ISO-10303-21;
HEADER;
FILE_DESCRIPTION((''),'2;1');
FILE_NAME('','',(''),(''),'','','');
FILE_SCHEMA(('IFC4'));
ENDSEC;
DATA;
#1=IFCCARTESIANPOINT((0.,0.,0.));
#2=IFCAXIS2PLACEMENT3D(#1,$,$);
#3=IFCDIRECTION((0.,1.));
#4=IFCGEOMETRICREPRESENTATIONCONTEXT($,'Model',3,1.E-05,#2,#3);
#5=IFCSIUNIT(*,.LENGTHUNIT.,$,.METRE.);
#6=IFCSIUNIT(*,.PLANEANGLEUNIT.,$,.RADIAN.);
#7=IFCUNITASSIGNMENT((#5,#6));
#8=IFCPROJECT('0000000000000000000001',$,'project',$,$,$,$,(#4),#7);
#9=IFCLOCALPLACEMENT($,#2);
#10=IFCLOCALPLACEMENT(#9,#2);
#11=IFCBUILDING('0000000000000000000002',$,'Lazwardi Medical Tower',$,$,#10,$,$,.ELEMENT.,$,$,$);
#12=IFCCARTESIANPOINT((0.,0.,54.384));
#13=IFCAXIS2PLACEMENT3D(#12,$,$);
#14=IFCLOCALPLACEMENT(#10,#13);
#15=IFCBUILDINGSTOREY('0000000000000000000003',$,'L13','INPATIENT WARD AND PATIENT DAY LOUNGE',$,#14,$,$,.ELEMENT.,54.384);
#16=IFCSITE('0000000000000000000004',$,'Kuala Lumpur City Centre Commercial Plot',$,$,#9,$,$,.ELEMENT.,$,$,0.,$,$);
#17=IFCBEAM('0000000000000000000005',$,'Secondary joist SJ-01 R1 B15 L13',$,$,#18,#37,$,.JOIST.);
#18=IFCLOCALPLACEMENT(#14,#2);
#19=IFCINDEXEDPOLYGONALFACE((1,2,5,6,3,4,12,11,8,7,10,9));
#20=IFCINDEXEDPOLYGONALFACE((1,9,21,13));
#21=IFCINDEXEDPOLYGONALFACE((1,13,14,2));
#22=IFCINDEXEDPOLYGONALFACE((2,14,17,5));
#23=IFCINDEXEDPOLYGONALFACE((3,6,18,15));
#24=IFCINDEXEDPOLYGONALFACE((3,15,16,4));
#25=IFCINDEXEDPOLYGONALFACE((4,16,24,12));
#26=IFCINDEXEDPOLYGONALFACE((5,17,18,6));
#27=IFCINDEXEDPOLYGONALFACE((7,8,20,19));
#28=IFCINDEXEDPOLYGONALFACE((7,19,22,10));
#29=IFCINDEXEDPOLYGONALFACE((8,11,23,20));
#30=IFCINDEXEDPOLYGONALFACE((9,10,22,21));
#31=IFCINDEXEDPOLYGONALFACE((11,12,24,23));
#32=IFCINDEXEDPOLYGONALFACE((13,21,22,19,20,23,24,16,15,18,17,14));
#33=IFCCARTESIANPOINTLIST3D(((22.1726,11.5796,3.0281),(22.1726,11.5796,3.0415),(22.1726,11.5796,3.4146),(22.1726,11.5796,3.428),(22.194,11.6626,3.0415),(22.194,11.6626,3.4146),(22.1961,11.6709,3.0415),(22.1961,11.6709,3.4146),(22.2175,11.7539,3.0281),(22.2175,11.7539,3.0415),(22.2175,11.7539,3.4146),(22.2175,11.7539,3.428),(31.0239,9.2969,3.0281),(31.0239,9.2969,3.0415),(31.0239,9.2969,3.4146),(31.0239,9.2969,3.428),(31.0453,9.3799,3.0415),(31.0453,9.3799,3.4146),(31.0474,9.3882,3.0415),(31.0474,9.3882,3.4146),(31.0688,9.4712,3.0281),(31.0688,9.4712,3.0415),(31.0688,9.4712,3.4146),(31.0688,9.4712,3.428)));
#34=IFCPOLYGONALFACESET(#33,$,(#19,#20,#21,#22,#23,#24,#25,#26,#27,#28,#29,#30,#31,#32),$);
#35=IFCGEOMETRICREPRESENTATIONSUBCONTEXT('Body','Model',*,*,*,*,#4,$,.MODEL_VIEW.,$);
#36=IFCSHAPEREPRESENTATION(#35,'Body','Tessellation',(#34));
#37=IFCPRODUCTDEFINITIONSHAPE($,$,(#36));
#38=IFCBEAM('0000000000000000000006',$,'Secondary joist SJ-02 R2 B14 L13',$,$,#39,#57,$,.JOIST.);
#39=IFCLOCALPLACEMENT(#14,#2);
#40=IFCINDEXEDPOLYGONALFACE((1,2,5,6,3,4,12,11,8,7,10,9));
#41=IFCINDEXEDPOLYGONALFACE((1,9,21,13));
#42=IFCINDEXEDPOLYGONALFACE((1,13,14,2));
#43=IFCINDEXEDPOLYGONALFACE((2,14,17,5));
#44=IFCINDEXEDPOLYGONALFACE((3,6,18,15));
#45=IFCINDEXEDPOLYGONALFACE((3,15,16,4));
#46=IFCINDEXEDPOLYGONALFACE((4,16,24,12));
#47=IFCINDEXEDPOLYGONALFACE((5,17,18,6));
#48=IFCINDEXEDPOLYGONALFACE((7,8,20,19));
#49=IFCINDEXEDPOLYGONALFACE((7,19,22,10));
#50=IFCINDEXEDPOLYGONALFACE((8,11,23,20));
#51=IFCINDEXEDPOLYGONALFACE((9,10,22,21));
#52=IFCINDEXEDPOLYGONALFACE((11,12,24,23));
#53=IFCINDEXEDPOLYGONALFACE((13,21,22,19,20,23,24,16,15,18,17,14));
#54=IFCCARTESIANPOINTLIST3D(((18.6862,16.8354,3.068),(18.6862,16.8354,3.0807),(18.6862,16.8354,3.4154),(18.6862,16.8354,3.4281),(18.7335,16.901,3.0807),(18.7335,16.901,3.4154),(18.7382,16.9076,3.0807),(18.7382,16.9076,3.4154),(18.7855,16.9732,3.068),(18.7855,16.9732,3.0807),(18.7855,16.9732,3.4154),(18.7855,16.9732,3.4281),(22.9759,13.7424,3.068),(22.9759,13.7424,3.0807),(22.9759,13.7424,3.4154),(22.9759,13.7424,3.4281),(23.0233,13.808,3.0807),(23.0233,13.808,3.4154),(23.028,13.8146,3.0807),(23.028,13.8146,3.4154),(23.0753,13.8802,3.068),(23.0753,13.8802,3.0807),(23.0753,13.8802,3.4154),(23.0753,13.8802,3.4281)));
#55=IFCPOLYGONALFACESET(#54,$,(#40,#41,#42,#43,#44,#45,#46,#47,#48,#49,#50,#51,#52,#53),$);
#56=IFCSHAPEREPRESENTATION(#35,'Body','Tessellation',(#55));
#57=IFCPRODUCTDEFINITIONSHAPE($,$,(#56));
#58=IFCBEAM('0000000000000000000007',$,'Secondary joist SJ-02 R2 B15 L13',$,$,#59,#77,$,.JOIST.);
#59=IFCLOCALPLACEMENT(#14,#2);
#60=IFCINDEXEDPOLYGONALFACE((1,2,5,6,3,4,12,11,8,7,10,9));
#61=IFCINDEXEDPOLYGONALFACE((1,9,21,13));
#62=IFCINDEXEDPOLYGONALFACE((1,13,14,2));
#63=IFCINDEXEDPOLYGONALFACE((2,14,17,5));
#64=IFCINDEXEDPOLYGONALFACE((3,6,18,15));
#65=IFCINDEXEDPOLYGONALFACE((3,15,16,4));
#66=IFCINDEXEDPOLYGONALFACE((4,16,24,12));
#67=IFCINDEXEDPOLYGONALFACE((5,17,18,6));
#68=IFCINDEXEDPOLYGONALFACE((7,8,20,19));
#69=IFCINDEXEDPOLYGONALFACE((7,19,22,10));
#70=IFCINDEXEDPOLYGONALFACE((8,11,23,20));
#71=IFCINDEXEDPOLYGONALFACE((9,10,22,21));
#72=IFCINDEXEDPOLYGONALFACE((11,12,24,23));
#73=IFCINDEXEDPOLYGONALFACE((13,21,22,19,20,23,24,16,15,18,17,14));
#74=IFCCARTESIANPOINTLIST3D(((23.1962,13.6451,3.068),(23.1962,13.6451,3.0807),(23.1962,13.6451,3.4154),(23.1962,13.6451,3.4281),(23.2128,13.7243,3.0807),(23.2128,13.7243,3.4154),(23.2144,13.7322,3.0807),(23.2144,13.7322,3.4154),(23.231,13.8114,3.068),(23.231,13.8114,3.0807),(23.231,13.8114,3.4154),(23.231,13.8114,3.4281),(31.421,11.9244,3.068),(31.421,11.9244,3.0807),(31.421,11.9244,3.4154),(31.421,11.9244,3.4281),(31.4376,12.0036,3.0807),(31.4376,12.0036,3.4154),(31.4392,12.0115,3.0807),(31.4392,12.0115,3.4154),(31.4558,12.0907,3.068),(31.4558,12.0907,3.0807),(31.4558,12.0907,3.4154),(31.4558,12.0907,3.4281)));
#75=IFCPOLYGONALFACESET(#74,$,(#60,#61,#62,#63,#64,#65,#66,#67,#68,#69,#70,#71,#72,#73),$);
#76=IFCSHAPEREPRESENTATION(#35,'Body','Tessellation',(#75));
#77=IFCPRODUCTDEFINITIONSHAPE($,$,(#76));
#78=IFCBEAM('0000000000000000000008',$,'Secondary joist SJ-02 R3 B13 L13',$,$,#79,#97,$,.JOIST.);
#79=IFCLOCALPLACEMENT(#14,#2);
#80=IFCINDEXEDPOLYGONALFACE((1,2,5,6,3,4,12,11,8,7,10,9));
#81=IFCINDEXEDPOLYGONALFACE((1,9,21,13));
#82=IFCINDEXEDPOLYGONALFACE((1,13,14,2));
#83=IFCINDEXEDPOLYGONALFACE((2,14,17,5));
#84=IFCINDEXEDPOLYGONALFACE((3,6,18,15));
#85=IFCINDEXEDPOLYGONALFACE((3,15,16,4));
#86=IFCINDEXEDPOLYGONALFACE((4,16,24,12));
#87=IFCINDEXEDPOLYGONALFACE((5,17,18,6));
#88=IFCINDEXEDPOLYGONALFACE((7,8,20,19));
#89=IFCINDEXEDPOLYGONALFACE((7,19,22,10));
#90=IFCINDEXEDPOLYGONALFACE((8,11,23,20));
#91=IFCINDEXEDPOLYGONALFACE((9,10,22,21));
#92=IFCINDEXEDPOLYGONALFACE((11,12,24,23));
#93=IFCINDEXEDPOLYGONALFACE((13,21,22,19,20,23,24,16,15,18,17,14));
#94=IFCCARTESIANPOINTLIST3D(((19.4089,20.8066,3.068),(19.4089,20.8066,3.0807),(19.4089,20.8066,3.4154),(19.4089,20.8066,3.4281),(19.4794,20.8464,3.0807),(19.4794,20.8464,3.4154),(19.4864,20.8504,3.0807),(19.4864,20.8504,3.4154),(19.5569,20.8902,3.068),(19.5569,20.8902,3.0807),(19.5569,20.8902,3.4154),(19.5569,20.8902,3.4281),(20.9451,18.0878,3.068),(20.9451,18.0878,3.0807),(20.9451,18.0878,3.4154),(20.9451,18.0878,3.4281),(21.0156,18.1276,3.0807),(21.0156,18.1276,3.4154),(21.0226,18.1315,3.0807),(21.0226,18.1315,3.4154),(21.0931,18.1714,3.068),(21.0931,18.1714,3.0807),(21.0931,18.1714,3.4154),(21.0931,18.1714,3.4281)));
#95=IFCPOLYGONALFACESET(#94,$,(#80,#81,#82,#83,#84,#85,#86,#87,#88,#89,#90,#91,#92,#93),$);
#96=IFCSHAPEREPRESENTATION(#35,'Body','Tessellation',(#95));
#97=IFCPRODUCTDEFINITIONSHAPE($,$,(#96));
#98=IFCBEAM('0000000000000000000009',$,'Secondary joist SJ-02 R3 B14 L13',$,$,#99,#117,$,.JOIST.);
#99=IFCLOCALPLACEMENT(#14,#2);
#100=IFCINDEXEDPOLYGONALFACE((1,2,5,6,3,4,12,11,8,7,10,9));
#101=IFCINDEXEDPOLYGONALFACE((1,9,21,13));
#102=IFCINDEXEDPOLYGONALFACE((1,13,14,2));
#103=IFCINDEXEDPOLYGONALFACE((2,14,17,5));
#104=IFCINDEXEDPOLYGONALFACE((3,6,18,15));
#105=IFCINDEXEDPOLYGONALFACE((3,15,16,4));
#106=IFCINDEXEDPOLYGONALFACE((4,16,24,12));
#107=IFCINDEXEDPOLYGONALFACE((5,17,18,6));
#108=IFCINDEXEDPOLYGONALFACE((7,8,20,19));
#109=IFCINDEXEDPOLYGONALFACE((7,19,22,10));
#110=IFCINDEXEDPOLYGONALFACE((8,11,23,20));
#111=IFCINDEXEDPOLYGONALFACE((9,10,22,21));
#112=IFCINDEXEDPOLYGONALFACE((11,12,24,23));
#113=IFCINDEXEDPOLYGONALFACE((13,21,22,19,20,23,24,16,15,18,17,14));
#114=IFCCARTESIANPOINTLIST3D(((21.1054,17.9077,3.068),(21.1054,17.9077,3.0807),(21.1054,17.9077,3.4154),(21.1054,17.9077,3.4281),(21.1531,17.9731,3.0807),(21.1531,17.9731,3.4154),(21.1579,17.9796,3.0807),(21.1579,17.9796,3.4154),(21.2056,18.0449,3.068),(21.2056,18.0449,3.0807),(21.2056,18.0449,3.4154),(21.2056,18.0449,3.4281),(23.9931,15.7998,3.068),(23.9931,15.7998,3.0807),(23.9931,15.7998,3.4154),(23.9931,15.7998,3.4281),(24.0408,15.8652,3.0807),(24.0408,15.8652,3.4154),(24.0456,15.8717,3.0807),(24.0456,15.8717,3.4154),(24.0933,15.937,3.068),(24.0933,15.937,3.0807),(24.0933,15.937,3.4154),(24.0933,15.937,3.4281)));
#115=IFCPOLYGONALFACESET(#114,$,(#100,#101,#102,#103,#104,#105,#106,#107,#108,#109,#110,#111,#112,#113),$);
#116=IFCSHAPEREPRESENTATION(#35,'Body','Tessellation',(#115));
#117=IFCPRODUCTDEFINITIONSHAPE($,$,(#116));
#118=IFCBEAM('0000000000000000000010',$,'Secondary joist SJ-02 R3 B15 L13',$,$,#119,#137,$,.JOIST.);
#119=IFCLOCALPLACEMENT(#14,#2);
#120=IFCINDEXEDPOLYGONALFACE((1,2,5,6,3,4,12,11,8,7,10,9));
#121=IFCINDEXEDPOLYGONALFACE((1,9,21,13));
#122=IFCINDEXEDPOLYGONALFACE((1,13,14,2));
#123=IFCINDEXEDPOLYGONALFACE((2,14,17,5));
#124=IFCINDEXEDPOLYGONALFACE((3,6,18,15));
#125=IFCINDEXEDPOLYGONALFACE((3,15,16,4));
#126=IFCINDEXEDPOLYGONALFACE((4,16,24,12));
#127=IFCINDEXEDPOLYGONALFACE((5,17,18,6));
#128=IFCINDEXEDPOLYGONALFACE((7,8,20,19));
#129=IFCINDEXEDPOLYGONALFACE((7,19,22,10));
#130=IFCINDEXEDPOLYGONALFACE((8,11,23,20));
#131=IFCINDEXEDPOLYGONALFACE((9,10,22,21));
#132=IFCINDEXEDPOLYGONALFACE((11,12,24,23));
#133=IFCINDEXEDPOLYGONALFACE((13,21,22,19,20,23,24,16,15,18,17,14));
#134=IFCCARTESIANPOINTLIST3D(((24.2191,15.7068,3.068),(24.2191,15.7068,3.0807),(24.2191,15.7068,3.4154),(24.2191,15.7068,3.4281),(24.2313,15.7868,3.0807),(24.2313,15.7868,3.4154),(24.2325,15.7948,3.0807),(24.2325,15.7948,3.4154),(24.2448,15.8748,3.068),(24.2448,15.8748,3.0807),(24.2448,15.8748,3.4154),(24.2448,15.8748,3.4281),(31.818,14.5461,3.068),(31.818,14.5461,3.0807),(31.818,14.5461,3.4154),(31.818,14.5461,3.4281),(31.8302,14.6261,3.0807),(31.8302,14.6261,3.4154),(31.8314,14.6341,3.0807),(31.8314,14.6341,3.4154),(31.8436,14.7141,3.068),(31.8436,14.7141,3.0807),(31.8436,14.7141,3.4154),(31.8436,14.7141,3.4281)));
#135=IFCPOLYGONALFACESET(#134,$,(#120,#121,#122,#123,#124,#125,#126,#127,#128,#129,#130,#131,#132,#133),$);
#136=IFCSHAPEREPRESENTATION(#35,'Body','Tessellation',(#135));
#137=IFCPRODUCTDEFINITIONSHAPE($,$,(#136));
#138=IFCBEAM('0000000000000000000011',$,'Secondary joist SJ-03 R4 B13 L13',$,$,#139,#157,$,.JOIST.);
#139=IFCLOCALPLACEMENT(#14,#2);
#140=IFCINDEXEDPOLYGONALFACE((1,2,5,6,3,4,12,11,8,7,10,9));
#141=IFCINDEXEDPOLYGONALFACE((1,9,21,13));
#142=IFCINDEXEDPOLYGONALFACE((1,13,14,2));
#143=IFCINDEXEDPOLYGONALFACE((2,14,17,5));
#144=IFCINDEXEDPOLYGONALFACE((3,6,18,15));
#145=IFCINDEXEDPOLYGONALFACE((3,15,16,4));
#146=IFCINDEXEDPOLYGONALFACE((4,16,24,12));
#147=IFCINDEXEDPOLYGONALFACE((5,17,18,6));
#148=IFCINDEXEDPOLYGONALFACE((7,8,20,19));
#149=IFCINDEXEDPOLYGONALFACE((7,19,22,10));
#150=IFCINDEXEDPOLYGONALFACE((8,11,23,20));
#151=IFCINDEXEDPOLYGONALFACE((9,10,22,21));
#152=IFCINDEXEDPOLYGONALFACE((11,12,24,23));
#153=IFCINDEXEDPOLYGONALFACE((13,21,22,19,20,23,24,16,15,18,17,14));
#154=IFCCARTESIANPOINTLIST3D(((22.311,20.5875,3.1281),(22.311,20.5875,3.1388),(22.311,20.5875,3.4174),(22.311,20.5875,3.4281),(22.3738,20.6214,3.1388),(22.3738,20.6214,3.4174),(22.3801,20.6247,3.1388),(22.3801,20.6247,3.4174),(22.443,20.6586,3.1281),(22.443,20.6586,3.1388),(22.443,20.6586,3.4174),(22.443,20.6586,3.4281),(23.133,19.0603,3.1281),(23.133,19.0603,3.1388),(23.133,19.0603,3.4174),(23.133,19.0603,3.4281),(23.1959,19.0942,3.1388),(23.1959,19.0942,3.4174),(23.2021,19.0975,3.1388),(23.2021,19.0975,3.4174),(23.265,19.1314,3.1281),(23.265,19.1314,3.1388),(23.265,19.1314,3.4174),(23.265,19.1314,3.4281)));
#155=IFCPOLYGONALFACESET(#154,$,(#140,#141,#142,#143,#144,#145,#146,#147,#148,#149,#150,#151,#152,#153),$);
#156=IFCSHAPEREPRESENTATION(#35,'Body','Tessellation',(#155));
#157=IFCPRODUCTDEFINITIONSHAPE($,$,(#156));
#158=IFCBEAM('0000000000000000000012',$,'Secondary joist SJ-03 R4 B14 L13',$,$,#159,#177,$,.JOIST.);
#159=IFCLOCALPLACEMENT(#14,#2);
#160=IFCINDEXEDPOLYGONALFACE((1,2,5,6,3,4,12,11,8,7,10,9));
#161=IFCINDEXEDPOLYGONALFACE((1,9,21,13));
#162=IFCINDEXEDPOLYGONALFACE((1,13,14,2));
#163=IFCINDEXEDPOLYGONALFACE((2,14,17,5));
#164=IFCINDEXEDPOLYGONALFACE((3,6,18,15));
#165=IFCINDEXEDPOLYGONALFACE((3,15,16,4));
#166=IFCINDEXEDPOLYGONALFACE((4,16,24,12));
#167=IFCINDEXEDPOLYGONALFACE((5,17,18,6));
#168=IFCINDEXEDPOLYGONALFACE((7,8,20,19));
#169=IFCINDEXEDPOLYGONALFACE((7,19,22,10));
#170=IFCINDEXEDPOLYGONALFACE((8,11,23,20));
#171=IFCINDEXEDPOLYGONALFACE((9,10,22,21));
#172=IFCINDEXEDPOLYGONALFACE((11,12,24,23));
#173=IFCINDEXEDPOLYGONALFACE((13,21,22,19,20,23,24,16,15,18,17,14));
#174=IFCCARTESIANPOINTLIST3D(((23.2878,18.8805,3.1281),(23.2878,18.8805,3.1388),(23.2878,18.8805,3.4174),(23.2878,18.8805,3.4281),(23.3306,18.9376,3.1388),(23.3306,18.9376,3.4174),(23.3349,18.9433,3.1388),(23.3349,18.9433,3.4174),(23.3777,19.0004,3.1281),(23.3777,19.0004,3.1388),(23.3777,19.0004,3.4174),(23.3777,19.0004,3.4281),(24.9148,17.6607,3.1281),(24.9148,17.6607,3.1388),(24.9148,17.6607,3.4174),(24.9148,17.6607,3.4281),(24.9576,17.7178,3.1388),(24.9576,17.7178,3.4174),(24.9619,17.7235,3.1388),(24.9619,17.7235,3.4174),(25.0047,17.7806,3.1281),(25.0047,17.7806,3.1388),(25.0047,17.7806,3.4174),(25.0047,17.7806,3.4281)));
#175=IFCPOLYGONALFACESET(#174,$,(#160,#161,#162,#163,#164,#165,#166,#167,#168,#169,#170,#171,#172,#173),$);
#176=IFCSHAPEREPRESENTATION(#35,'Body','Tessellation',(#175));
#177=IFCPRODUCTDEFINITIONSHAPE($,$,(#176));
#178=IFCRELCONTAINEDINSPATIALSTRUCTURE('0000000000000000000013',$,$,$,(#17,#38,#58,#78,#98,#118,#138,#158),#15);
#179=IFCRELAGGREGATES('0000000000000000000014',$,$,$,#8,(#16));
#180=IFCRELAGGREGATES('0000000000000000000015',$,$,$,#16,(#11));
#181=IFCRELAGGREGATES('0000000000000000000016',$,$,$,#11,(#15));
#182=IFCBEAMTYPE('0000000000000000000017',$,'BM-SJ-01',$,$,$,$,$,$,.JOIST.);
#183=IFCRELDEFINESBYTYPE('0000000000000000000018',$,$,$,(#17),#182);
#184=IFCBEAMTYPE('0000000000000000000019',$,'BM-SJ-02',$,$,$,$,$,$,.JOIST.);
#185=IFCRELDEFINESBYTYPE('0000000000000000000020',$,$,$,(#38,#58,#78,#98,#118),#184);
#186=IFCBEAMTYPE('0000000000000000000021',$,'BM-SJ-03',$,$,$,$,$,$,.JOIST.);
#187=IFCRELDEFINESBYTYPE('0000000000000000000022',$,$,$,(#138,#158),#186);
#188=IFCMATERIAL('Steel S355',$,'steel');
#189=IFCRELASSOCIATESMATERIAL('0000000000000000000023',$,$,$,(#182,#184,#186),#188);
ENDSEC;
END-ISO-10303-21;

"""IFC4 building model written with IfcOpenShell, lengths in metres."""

from ifc_helpers import new_model, si_unit, direction, frame, origin, origin_2d, place, context, subcontext, project, spatial, i_section, extrude, material, material_profile, profile_set, type_object, element, save


model = new_model("IFC4")

# Units and contexts
model_context = context("Model", 3, precision=1e-05, world=origin(), true_north=direction((0.0, 1.0)))
body_context = subcontext(model_context, "Body", "Model", "MODEL_VIEW")
ifc_project = project(units=[si_unit("LENGTHUNIT", "METRE"), si_unit("PLANEANGLEUNIT", "RADIAN")], contexts=[model_context])

# Site, building, storey
site_placement = place(None, origin())
site = spatial("IfcSite", under=ifc_project, at=site_placement, Name="Kuala Lumpur City Centre Commercial Plot", CompositionType="ELEMENT", RefElevation=0.0)
building_placement = place(site_placement, origin())
building = spatial("IfcBuilding", under=site, at=building_placement, Name="Lazwardi Medical Tower", CompositionType="ELEMENT")
storey_placement = place(building_placement, frame((0.0, 0.0, 54.384)))
storey = spatial("IfcBuildingStorey", under=building, at=storey_placement, Name="L13", Description="INPATIENT WARD AND PATIENT DAY LOUNGE", CompositionType="ELEMENT", Elevation=54.384)

# Beams
ifc_material_1 = material(Name="Steel S355", Category="steel")
ifc_material_profile_1 = material_profile(ifc_material_1, i_section(OverallWidth=0.1799, OverallDepth=0.3999, WebThickness=0.0085, FlangeThickness=0.0134, at=origin_2d()), Name="IPE 400")
ifc_profile_set_1 = profile_set([ifc_material_profile_1], Name="Steel S355")
beam_type_1 = type_object("IfcBeamType", Name="BM-SJ-01", PredefinedType="JOIST", material=ifc_profile_set_1)
beam_1_placement = place(storey_placement, frame((22.1951, 11.6667, 3.228), z_axis=(0.968317, -0.249725, 0.0), x_axis=(0.249725, 0.968317, 0.0)))
element("IfcBeam", 1, at=beam_1_placement, inside=storey, type_object=beam_type_1, Name="Secondary joist SJ-01 R1 B15 L13", PredefinedType="JOIST", context=body_context, shape_type="SweptSolid", body=[
    extrude(i_section(OverallWidth=0.1799, OverallDepth=0.3999, WebThickness=0.0085, FlangeThickness=0.0134, at=origin_2d()), origin(), (0.0, 0.0, 1.0), 9.1409),
])
ifc_material_profile_2 = material_profile(ifc_material_1, i_section(OverallWidth=0.1699, OverallDepth=0.3601, WebThickness=0.0081, FlangeThickness=0.0127, at=origin_2d()), Name="IPE 360")
ifc_profile_set_2 = profile_set([ifc_material_profile_2], Name="Steel S355")
beam_type_2 = type_object("IfcBeamType", Name="BM-SJ-02", PredefinedType="JOIST", material=ifc_profile_set_2)
beam_2_placement = place(storey_placement, frame((18.7358, 16.9043, 3.248), z_axis=(0.811143, -0.584848, 0.0), x_axis=(0.584848, 0.811143, 0.0)))
element("IfcBeam", 2, at=beam_2_placement, inside=storey, type_object=beam_type_2, Name="Secondary joist SJ-02 R2 B14 L13", PredefinedType="JOIST", context=body_context, shape_type="SweptSolid", body=[
    extrude(i_section(OverallWidth=0.1699, OverallDepth=0.3601, WebThickness=0.0081, FlangeThickness=0.0127, at=origin_2d()), origin(), (0.0, 0.0, 1.0), 5.2886),
])
beam_3_placement = place(storey_placement, frame((23.2136, 13.7283, 3.248), z_axis=(0.978809, -0.204774, 0.0), x_axis=(0.204774, 0.978809, 0.0)))
element("IfcBeam", 3, at=beam_3_placement, inside=storey, type_object=beam_type_2, Name="Secondary joist SJ-02 R2 B15 L13", PredefinedType="JOIST", context=body_context, shape_type="SweptSolid", body=[
    extrude(i_section(OverallWidth=0.1699, OverallDepth=0.3601, WebThickness=0.0081, FlangeThickness=0.0127, at=origin_2d()), origin(), (0.0, 0.0, 1.0), 8.4028),
])
beam_4_placement = place(storey_placement, frame((19.4829, 20.8484, 3.248), z_axis=(0.491923, -0.870639, 0.0), x_axis=(0.870639, 0.491923, 0.0)))
element("IfcBeam", 4, at=beam_4_placement, inside=storey, type_object=beam_type_2, Name="Secondary joist SJ-02 R3 B13 L13", PredefinedType="JOIST", context=body_context, shape_type="SweptSolid", body=[
    extrude(i_section(OverallWidth=0.1699, OverallDepth=0.3601, WebThickness=0.0081, FlangeThickness=0.0127, at=origin_2d()), origin(), (0.0, 0.0, 1.0), 3.1228),
])
beam_5_placement = place(storey_placement, frame((21.1555, 17.9763, 3.248), z_axis=(0.807701, -0.589592, 0.0), x_axis=(0.589592, 0.807701, 0.0)))
element("IfcBeam", 5, at=beam_5_placement, inside=storey, type_object=beam_type_2, Name="Secondary joist SJ-02 R3 B14 L13", PredefinedType="JOIST", context=body_context, shape_type="SweptSolid", body=[
    extrude(i_section(OverallWidth=0.1699, OverallDepth=0.3601, WebThickness=0.0081, FlangeThickness=0.0127, at=origin_2d()), origin(), (0.0, 0.0, 1.0), 3.5752),
])
beam_6_placement = place(storey_placement, frame((24.2319, 15.7908, 3.248), z_axis=(0.988536, -0.150988, 0.0), x_axis=(0.150988, 0.988536, 0.0)))
element("IfcBeam", 6, at=beam_6_placement, inside=storey, type_object=beam_type_2, Name="Secondary joist SJ-02 R3 B15 L13", PredefinedType="JOIST", context=body_context, shape_type="SweptSolid", body=[
    extrude(i_section(OverallWidth=0.1699, OverallDepth=0.3601, WebThickness=0.0081, FlangeThickness=0.0127, at=origin_2d()), origin(), (0.0, 0.0, 1.0), 7.687),
])
ifc_material_profile_3 = material_profile(ifc_material_1, i_section(OverallWidth=0.1499, OverallDepth=0.3, WebThickness=0.0071, FlangeThickness=0.0107, at=origin_2d()), Name="IPE 300")
ifc_profile_set_3 = profile_set([ifc_material_profile_3], Name="Steel S355")
beam_type_3 = type_object("IfcBeamType", Name="BM-SJ-03", PredefinedType="JOIST", material=ifc_profile_set_3)
beam_7_placement = place(storey_placement, frame((22.377, 20.623, 3.2781), z_axis=(0.473982, -0.880534, 0.0), x_axis=(0.880534, 0.473982, 0.0)))
element("IfcBeam", 7, at=beam_7_placement, inside=storey, type_object=beam_type_3, Name="Secondary joist SJ-03 R4 B13 L13", PredefinedType="JOIST", context=body_context, shape_type="SweptSolid", body=[
    extrude(i_section(OverallWidth=0.1499, OverallDepth=0.3, WebThickness=0.0071, FlangeThickness=0.0107, at=origin_2d()), origin(), (0.0, 0.0, 1.0), 1.7344),
])
beam_8_placement = place(storey_placement, frame((23.3328, 18.9404, 3.2781), z_axis=(0.800115, -0.599846, 0.0), x_axis=(0.599846, 0.800115, 0.0)))
element("IfcBeam", 8, at=beam_8_placement, inside=storey, type_object=beam_type_3, Name="Secondary joist SJ-03 R4 B14 L13", PredefinedType="JOIST", context=body_context, shape_type="SweptSolid", body=[
    extrude(i_section(OverallWidth=0.1499, OverallDepth=0.3, WebThickness=0.0071, FlangeThickness=0.0107, at=origin_2d()), origin(), (0.0, 0.0, 1.0), 2.0334),
])

save(model, "model.ifc")
